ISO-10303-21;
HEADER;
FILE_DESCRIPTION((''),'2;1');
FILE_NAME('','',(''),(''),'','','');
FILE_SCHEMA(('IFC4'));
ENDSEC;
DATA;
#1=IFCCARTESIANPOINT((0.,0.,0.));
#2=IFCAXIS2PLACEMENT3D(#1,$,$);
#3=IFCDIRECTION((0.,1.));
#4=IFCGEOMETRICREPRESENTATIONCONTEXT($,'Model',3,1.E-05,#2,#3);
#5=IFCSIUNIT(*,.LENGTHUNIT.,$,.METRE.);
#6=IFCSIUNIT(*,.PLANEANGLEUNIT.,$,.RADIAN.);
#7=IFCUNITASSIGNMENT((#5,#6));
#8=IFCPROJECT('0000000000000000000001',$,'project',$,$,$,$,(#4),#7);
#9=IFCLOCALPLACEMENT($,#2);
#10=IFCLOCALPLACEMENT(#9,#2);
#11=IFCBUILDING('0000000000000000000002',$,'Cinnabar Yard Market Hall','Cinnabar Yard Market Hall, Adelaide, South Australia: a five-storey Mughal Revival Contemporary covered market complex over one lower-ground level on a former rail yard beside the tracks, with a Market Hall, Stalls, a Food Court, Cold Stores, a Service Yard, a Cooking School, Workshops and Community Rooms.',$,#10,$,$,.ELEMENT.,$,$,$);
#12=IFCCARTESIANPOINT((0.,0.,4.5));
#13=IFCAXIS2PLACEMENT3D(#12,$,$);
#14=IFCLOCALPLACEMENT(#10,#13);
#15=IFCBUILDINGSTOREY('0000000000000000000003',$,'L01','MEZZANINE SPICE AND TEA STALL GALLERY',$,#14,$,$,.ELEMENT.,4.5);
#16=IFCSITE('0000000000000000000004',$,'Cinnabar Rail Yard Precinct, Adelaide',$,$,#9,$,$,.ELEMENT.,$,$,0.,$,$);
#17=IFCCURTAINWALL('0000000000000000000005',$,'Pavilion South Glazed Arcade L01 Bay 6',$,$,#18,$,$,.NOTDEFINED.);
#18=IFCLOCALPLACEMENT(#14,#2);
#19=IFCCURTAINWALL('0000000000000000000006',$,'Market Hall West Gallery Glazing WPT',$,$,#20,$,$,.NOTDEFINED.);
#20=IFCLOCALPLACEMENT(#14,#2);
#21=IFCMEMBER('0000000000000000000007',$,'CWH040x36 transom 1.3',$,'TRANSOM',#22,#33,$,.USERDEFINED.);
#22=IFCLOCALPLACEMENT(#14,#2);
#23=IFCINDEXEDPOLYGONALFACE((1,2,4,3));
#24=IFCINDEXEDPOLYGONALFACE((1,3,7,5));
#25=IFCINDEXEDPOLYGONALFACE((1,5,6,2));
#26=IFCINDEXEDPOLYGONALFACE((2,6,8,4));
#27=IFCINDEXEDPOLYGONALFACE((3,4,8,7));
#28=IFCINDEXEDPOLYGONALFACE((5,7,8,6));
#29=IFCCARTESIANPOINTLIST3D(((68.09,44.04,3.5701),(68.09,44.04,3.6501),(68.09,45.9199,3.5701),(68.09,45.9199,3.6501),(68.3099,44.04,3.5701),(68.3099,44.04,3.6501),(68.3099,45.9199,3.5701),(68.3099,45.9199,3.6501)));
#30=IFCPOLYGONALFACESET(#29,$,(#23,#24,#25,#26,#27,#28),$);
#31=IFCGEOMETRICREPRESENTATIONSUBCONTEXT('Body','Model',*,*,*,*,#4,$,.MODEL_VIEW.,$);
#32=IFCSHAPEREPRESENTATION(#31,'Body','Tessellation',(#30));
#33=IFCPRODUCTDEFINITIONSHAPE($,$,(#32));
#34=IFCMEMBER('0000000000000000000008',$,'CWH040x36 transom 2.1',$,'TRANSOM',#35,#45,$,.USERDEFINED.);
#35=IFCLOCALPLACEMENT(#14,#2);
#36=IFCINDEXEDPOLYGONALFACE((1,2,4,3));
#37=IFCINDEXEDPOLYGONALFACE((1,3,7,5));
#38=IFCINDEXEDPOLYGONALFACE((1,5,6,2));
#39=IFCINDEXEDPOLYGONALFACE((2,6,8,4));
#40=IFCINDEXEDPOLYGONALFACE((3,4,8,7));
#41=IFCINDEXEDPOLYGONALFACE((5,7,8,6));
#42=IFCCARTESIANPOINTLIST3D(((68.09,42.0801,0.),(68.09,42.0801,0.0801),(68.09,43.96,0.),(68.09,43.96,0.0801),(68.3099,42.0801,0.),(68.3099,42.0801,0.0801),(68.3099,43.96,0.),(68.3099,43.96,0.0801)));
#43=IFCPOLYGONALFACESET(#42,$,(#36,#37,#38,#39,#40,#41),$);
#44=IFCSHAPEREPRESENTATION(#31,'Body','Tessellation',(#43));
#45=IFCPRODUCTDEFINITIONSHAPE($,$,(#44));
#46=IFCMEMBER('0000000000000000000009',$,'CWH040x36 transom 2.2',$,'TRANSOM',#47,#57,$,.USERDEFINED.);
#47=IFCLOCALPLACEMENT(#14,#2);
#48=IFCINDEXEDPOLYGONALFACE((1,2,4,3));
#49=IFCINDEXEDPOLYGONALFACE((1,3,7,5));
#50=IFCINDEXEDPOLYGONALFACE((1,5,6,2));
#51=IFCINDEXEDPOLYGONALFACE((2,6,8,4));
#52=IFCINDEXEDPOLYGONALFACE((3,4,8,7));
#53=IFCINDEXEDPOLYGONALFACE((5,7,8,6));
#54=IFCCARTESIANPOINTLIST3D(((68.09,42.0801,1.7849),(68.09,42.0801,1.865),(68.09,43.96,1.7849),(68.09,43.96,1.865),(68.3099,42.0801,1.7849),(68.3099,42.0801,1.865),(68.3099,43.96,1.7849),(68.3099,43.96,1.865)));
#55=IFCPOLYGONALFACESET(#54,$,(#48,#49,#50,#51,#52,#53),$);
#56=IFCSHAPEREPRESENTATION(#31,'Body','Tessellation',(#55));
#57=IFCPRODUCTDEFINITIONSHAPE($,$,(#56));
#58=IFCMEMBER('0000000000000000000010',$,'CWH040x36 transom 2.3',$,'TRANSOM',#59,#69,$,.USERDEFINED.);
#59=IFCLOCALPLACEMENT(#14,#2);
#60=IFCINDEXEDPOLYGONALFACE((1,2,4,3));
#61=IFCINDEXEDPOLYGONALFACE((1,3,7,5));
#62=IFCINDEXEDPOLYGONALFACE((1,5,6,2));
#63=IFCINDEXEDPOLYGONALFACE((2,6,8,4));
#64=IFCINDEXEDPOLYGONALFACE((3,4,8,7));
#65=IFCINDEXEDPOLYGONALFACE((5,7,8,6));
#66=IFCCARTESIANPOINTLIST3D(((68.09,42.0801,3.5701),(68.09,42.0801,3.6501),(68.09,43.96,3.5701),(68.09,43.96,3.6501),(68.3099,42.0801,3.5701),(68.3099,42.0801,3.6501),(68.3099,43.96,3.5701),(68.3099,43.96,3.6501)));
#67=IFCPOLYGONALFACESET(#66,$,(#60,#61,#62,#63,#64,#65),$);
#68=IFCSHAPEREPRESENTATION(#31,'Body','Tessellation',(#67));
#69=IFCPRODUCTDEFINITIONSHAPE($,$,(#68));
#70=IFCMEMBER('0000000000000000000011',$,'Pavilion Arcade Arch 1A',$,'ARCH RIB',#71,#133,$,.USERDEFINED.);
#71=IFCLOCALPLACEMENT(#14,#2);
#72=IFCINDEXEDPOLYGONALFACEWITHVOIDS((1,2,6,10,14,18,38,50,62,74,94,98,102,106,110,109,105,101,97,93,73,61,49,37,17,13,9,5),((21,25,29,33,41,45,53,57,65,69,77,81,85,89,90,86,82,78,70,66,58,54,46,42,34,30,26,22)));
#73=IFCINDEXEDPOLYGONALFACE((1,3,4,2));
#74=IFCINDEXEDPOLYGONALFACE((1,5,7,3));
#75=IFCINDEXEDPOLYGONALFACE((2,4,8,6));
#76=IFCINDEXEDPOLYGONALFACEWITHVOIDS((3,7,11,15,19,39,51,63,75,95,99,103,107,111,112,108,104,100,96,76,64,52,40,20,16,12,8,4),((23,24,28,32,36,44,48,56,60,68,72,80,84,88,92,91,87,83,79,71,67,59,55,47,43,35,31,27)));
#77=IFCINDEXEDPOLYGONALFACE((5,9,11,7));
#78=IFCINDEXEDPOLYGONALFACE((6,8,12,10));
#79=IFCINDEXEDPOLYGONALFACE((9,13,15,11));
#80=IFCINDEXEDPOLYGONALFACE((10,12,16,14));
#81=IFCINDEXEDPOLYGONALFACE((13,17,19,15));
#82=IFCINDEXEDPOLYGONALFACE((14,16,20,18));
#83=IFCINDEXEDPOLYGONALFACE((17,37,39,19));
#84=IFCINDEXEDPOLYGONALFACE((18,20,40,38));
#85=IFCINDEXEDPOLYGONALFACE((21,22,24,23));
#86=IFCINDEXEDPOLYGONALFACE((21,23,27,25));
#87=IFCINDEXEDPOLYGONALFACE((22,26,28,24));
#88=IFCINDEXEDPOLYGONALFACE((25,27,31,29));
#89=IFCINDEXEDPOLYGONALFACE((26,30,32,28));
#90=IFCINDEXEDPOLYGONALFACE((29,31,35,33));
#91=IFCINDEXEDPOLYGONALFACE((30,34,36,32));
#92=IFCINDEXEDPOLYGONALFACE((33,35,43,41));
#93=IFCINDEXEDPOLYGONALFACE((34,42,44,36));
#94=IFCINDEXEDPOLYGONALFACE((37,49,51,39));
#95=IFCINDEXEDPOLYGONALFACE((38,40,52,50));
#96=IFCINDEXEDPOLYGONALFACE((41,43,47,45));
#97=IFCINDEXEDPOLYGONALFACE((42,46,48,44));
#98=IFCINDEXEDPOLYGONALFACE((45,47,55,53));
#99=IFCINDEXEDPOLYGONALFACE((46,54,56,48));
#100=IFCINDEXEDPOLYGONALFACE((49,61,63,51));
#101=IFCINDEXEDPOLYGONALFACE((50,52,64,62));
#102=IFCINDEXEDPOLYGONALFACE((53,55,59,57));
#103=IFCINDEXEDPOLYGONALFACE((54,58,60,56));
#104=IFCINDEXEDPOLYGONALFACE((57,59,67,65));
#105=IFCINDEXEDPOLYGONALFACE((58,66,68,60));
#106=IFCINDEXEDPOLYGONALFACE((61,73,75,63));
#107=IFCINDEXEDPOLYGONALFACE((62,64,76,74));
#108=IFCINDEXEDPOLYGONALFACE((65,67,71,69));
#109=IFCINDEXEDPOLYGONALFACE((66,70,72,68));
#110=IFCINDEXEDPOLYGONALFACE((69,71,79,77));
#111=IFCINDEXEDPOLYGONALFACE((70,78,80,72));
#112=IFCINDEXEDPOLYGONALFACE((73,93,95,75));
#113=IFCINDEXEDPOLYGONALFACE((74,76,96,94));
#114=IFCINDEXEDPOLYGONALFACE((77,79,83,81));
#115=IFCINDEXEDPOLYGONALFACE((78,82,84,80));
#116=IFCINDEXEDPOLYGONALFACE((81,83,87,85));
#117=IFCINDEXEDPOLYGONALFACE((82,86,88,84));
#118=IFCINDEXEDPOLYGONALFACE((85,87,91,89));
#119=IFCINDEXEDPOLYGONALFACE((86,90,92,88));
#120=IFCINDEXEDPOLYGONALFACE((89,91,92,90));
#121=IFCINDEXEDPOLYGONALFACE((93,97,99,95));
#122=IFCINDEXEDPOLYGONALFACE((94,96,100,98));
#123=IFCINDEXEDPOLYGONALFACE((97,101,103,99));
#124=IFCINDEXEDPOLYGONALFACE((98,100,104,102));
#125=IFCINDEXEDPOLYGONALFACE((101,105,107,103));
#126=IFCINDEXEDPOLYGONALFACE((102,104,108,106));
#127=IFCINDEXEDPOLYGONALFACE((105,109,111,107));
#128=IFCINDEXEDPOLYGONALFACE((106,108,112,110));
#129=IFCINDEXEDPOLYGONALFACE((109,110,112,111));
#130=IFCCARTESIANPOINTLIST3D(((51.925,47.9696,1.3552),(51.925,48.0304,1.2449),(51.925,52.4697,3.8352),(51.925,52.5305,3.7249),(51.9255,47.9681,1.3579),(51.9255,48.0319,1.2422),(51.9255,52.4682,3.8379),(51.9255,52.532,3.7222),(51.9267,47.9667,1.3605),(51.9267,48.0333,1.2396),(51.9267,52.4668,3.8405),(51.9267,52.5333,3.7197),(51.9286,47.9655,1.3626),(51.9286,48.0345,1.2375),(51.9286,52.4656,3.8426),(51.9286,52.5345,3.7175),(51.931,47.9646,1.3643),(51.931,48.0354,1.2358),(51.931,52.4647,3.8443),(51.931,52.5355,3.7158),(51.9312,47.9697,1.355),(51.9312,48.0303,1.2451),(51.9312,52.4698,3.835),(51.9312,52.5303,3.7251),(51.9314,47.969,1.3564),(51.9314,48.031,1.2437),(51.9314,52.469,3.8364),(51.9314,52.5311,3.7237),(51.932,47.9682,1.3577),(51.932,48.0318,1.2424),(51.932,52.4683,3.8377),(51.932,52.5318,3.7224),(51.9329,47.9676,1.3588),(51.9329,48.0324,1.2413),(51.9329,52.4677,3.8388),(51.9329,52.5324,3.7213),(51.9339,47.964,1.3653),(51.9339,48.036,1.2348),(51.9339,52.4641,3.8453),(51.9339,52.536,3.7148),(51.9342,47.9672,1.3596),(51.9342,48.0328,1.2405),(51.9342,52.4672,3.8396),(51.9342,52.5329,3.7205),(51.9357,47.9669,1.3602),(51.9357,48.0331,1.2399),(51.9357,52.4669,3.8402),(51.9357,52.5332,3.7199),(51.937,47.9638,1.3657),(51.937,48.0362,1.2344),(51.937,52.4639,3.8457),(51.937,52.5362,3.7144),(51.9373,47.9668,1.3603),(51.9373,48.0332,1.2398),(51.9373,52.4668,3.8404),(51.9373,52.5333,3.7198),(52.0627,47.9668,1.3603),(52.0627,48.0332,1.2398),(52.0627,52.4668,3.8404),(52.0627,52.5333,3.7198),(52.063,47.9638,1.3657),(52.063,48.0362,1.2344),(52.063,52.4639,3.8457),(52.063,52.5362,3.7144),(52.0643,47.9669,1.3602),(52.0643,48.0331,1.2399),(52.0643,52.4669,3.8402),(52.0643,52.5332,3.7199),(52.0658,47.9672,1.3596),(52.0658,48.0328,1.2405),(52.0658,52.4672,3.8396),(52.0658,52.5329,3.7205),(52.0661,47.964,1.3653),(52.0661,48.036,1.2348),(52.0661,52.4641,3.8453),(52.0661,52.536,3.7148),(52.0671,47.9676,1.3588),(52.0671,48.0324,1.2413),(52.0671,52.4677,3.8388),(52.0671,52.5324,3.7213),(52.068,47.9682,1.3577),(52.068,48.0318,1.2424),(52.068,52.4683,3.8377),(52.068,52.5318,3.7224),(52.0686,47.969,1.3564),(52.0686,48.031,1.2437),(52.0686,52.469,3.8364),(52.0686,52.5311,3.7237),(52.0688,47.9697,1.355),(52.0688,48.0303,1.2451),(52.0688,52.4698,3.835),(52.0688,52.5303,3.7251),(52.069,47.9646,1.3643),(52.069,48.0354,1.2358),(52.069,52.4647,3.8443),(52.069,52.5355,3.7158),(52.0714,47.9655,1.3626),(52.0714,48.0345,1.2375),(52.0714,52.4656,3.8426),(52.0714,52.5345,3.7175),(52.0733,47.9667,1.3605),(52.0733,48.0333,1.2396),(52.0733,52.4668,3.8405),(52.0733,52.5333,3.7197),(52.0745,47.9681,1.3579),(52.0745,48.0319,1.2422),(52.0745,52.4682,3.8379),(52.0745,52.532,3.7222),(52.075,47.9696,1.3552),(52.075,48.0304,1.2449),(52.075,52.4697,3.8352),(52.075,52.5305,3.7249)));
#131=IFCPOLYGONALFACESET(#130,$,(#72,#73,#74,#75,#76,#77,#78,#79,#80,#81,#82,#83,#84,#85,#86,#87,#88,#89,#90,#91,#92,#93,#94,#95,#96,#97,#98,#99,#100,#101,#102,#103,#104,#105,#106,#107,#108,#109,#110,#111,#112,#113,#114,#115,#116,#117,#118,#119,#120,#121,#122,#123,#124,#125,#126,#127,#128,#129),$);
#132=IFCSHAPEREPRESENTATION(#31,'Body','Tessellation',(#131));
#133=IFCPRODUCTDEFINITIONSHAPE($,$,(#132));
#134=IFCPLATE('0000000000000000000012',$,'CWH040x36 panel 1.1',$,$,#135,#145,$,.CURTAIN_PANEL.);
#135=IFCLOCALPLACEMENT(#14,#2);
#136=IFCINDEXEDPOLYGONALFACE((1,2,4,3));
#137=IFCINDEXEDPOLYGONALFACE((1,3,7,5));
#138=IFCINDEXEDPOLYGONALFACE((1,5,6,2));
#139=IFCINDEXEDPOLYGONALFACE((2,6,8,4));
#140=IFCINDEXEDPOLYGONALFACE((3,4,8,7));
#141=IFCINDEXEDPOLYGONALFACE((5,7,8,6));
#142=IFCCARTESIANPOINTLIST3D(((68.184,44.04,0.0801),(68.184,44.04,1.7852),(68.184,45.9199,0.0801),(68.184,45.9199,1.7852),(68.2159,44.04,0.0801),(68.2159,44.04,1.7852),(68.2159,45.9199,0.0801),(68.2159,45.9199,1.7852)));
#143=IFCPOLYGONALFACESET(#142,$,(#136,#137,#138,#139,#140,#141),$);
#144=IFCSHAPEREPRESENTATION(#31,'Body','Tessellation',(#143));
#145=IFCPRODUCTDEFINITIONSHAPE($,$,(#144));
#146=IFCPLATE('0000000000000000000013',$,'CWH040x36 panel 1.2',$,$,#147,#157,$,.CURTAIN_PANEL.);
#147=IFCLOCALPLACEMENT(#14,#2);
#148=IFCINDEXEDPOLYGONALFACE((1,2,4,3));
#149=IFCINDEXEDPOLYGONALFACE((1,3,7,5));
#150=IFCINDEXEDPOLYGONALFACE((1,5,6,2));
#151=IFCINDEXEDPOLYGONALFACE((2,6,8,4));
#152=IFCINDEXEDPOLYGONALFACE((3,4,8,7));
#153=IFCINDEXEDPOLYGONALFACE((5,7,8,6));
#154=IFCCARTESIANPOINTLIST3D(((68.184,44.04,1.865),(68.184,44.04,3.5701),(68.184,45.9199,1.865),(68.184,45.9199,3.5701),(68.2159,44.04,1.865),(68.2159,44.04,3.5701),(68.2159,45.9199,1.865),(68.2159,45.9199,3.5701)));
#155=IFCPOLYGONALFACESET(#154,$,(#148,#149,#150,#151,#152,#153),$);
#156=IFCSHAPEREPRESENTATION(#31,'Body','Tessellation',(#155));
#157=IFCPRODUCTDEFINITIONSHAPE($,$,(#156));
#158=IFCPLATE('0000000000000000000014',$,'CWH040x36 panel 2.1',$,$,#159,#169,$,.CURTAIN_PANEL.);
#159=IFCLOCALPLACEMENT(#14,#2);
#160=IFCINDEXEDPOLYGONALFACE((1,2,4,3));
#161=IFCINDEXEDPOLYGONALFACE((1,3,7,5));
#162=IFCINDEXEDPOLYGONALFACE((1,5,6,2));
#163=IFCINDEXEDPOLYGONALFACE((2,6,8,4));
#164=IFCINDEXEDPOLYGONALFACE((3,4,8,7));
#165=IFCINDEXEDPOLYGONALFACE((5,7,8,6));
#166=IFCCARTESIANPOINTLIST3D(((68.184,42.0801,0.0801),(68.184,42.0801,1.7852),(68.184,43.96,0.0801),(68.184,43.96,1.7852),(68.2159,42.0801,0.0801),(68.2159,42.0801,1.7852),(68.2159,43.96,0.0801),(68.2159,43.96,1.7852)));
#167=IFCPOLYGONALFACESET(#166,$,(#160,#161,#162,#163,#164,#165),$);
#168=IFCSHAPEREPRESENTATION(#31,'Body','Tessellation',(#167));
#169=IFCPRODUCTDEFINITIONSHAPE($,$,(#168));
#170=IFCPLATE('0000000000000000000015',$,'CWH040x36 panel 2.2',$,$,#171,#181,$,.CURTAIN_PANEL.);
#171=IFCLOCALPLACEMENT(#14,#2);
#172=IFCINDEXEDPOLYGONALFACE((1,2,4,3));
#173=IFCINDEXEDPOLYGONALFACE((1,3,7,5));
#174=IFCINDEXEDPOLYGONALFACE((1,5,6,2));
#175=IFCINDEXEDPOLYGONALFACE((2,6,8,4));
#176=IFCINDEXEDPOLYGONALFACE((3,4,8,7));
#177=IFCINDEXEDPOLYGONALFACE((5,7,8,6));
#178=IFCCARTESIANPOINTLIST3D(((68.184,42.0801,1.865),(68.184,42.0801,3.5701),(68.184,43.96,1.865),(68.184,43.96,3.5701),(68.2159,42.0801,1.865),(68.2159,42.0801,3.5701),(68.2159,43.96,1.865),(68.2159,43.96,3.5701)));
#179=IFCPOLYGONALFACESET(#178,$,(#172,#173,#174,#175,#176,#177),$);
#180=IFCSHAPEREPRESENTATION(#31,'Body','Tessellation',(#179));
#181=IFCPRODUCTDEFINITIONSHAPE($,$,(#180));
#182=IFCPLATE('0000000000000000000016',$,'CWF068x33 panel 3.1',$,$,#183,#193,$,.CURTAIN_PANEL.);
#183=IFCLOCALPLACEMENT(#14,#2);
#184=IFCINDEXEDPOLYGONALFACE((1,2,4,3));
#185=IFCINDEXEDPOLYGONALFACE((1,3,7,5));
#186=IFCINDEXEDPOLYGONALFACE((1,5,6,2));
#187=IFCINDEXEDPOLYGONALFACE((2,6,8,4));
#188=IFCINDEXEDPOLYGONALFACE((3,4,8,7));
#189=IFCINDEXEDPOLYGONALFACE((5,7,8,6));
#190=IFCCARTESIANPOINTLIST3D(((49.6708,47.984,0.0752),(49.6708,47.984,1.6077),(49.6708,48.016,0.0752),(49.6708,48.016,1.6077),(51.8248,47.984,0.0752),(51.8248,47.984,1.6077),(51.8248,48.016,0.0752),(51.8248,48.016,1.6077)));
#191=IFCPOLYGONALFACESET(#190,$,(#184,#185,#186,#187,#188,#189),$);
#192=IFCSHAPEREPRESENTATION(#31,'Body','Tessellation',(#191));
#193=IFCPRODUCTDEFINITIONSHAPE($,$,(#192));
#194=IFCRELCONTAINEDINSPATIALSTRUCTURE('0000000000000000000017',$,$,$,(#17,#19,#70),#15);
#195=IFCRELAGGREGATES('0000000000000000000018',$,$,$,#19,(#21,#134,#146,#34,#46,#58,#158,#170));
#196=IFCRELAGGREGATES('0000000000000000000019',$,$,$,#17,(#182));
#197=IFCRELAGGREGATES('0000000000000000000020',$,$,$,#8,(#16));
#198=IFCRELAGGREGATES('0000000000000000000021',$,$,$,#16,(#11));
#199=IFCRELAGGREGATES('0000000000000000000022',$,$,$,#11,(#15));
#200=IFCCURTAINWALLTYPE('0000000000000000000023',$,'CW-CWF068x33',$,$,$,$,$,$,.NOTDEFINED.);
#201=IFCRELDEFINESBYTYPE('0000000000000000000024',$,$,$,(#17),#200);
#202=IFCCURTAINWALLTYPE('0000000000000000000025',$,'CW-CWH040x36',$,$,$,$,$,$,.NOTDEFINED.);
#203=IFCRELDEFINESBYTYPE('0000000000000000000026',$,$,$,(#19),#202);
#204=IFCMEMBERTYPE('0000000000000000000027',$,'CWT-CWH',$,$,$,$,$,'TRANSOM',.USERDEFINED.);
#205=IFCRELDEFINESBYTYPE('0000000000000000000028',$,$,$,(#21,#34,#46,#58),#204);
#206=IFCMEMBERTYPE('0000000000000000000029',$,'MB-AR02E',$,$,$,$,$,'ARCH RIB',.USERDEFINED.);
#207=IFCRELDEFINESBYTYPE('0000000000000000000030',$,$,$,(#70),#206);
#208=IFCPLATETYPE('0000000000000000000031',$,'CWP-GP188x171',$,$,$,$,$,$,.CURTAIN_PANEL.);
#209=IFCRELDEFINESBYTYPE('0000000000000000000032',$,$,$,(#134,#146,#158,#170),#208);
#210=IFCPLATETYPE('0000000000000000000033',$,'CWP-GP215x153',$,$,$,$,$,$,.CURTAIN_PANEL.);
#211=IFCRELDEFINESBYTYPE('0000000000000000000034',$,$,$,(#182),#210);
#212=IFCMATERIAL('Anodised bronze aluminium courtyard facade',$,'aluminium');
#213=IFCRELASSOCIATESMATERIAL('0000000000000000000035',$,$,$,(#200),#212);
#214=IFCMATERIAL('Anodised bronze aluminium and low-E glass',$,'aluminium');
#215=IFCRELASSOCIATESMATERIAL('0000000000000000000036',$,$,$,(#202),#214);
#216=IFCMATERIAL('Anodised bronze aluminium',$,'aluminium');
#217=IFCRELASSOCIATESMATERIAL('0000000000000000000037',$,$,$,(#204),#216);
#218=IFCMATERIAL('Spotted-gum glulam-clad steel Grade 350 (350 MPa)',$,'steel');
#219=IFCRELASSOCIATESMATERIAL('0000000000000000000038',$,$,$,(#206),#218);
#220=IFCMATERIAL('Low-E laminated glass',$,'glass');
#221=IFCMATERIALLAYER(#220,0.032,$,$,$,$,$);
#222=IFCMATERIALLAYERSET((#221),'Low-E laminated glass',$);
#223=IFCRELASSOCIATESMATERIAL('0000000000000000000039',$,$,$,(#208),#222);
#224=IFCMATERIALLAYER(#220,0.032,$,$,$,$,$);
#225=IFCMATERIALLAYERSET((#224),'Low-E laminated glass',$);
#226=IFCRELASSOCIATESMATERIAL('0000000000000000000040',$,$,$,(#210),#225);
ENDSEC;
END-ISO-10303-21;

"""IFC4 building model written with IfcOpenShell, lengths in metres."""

from ifc_helpers import new_model, si_unit, direction, frame, origin, origin_2d_with_axis, place, context, subcontext, project, spatial, rectangle, hollow_rectangle, extrude, material, layer, layer_set, material_profile, profile_set, type_object, element, aggregate, save


model = new_model("IFC4")

# Units and contexts
model_context = context("Model", 3, precision=1e-05, world=origin(), true_north=direction((0.0, 1.0)))
body_context = subcontext(model_context, "Body", "Model", "MODEL_VIEW")
ifc_project = project(units=[si_unit("LENGTHUNIT", "METRE"), si_unit("PLANEANGLEUNIT", "RADIAN")], contexts=[model_context])

# Site, building, storey
site_placement = place(None, origin())
site = spatial("IfcSite", under=ifc_project, at=site_placement, Name="Cinnabar Rail Yard Precinct, Adelaide", CompositionType="ELEMENT", RefElevation=0.0)
building_placement = place(site_placement, origin())
building = spatial("IfcBuilding", under=site, at=building_placement, Name="Cinnabar Yard Market Hall", Description="Cinnabar Yard Market Hall, Adelaide, South Australia: a five-storey Mughal Revival Contemporary covered market complex over one lower-ground level on a former rail yard beside the tracks, with a Market Hall, Stalls, a Food Court, Cold Stores, a Service Yard, a Cooking School, Workshops and Community Rooms.", CompositionType="ELEMENT")
storey_placement = place(building_placement, frame((0.0, 0.0, 4.5)))
storey = spatial("IfcBuildingStorey", under=building, at=storey_placement, Name="L01", Description="MEZZANINE SPICE AND TEA STALL GALLERY", CompositionType="ELEMENT", Elevation=4.5)

# Shared definitions
ifc_material_1 = material(Name="Spotted-gum glulam-clad steel Grade 350 (350 MPa)", Category="steel")

# Curtain wall
ifc_material_2 = material(Name="Anodised bronze aluminium courtyard facade", Category="aluminium")
curtain_wall_type_1 = type_object("IfcCurtainWallType", Name="CW-CWF068x33", PredefinedType="NOTDEFINED", material=ifc_material_2)
curtain_wall_1_placement = place(storey_placement, origin())
curtain_wall_1 = element("IfcCurtainWall", 1, at=curtain_wall_1_placement, inside=storey, type_object=curtain_wall_type_1, Name="Pavilion South Glazed Arcade L01 Bay 6", PredefinedType="NOTDEFINED")
ifc_material_3 = material(Name="Anodised bronze aluminium", Category="aluminium")

# Shared definitions
ifc_material_4 = material(Name="Anodised bronze aluminium and low-E glass", Category="aluminium")

# Curtain wall
curtain_wall_type_2 = type_object("IfcCurtainWallType", Name="CW-CWH040x36", PredefinedType="NOTDEFINED", material=ifc_material_4)
curtain_wall_2_placement = place(storey_placement, origin())
curtain_wall_2 = element("IfcCurtainWall", 2, at=curtain_wall_2_placement, inside=storey, type_object=curtain_wall_type_2, Name="Market Hall West Gallery Glazing WPT", PredefinedType="NOTDEFINED")

# Members
ifc_material_profile_1 = material_profile(ifc_material_3, rectangle(XDim=0.22, YDim=0.0801, at=origin_2d_with_axis()), Name="TRN-CWH")
ifc_profile_set_1 = profile_set([ifc_material_profile_1], Name="Anodised bronze aluminium")
member_type_1 = type_object("IfcMemberType", Name="CWT-CWH", ElementType="TRANSOM", PredefinedType="USERDEFINED", material=ifc_profile_set_1)
member_1_placement = place(storey_placement, frame((68.2, 45.9199, 3.6101), z_axis=(0.0, -1.0, 0.0), x_axis=(1.0, 0.0, 0.0)))
member_1 = element("IfcMember", 3, at=member_1_placement, type_object=member_type_1, Name="CWH040x36 transom 1.3", ObjectType="TRANSOM", PredefinedType="USERDEFINED", context=body_context, shape_type="SweptSolid", body=[
    extrude(rectangle(XDim=0.22, YDim=0.0801, at=origin_2d_with_axis()), origin(), (0.0, 0.0, 1.0), 1.8799),
])
member_2_placement = place(storey_placement, frame((68.2, 43.96, 0.04), z_axis=(0.0, -1.0, 0.0), x_axis=(1.0, 0.0, 0.0)))
member_2 = element("IfcMember", 4, at=member_2_placement, type_object=member_type_1, Name="CWH040x36 transom 2.1", ObjectType="TRANSOM", PredefinedType="USERDEFINED", context=body_context, shape_type="SweptSolid", body=[
    extrude(rectangle(XDim=0.22, YDim=0.0801, at=origin_2d_with_axis()), origin(), (0.0, 0.0, 1.0), 1.8799),
])
member_3_placement = place(storey_placement, frame((68.2, 43.96, 1.825), z_axis=(0.0, -1.0, 0.0), x_axis=(1.0, 0.0, 0.0)))
member_3 = element("IfcMember", 5, at=member_3_placement, type_object=member_type_1, Name="CWH040x36 transom 2.2", ObjectType="TRANSOM", PredefinedType="USERDEFINED", context=body_context, shape_type="SweptSolid", body=[
    extrude(rectangle(XDim=0.22, YDim=0.0801, at=origin_2d_with_axis()), origin(), (0.0, 0.0, 1.0), 1.8799),
])
member_4_placement = place(storey_placement, frame((68.2, 43.96, 3.6101), z_axis=(0.0, -1.0, 0.0), x_axis=(1.0, 0.0, 0.0)))
member_4 = element("IfcMember", 6, at=member_4_placement, type_object=member_type_1, Name="CWH040x36 transom 2.3", ObjectType="TRANSOM", PredefinedType="USERDEFINED", context=body_context, shape_type="SweptSolid", body=[
    extrude(rectangle(XDim=0.22, YDim=0.0801, at=origin_2d_with_axis()), origin(), (0.0, 0.0, 1.0), 1.8799),
])
ifc_material_profile_2 = material_profile(ifc_material_1, hollow_rectangle(XDim=0.1499, YDim=0.1499, WallThickness=0.0061, InnerFilletRadius=0.0061, OuterFilletRadius=0.012, at=origin_2d_with_axis()), Name="150x150x6.0SHS")
ifc_profile_set_2 = profile_set([ifc_material_profile_2], Name="Spotted-gum glulam-clad steel Grade 350 (350 MPa)")
member_type_2 = type_object("IfcMemberType", Name="MB-AR02E", ElementType="ARCH RIB", PredefinedType="USERDEFINED", material=ifc_profile_set_2)
member_5_placement = place(storey_placement, frame((52.0, 48.0, 1.3), z_axis=(0.0, 0.875806, 0.482663), x_axis=(-1.0, 0.0, 0.0)))
element("IfcMember", 7, at=member_5_placement, inside=storey, type_object=member_type_2, Name="Pavilion Arcade Arch 1A", ObjectType="ARCH RIB", PredefinedType="USERDEFINED", context=body_context, shape_type="SweptSolid", body=[
    extrude(hollow_rectangle(XDim=0.1499, YDim=0.1499, WallThickness=0.0061, InnerFilletRadius=0.0061, OuterFilletRadius=0.012, at=origin_2d_with_axis()), origin(), (0.0, 0.0, 1.0), 5.1382),
])

# Plates
ifc_material_5 = material(Name="Low-E laminated glass", Category="glass")
ifc_layer_1 = layer(ifc_material_5, 0.032)
ifc_layer_set_1 = layer_set([ifc_layer_1], Name="Low-E laminated glass")
plate_type_1 = type_object("IfcPlateType", Name="CWP-GP188x171", PredefinedType="CURTAIN_PANEL", material=ifc_layer_set_1)
plate_1_placement = place(storey_placement, frame((68.2, 44.98, 0.0801), z_axis=(0.0, 0.0, 1.0), x_axis=(0.0, -1.0, 0.0)))
plate_1 = element("IfcPlate", 8, at=plate_1_placement, type_object=plate_type_1, Name="CWH040x36 panel 1.1", PredefinedType="CURTAIN_PANEL", context=body_context, shape_type="SweptSolid", body=[
    extrude(rectangle(XDim=1.8799, YDim=0.032, at=origin_2d_with_axis()), origin(), (0.0, 0.0, 1.0), 1.7051),
])
plate_2_placement = place(storey_placement, frame((68.2, 44.98, 1.865), z_axis=(0.0, 0.0, 1.0), x_axis=(0.0, -1.0, 0.0)))
plate_2 = element("IfcPlate", 9, at=plate_2_placement, type_object=plate_type_1, Name="CWH040x36 panel 1.2", PredefinedType="CURTAIN_PANEL", context=body_context, shape_type="SweptSolid", body=[
    extrude(rectangle(XDim=1.8799, YDim=0.032, at=origin_2d_with_axis()), origin(), (0.0, 0.0, 1.0), 1.7051),
])
plate_3_placement = place(storey_placement, frame((68.2, 43.02, 0.0801), z_axis=(0.0, 0.0, 1.0), x_axis=(0.0, -1.0, 0.0)))
plate_3 = element("IfcPlate", 10, at=plate_3_placement, type_object=plate_type_1, Name="CWH040x36 panel 2.1", PredefinedType="CURTAIN_PANEL", context=body_context, shape_type="SweptSolid", body=[
    extrude(rectangle(XDim=1.8799, YDim=0.032, at=origin_2d_with_axis()), origin(), (0.0, 0.0, 1.0), 1.7051),
])
plate_4_placement = place(storey_placement, frame((68.2, 43.02, 1.865), z_axis=(0.0, 0.0, 1.0), x_axis=(0.0, -1.0, 0.0)))
plate_4 = element("IfcPlate", 11, at=plate_4_placement, type_object=plate_type_1, Name="CWH040x36 panel 2.2", PredefinedType="CURTAIN_PANEL", context=body_context, shape_type="SweptSolid", body=[
    extrude(rectangle(XDim=1.8799, YDim=0.032, at=origin_2d_with_axis()), origin(), (0.0, 0.0, 1.0), 1.7051),
])
aggregate(curtain_wall_2, [member_1, plate_1, plate_2, member_2, member_3, member_4, plate_3, plate_4])
ifc_layer_2 = layer(ifc_material_5, 0.032)
ifc_layer_set_2 = layer_set([ifc_layer_2], Name="Low-E laminated glass")
plate_type_2 = type_object("IfcPlateType", Name="CWP-GP215x153", PredefinedType="CURTAIN_PANEL", material=ifc_layer_set_2)
plate_5_placement = place(storey_placement, frame((50.7478, 48.0, 0.0752), z_axis=(0.0, 0.0, 1.0), x_axis=(1.0, 0.0, 0.0)))
plate_5 = element("IfcPlate", 12, at=plate_5_placement, type_object=plate_type_2, Name="CWF068x33 panel 3.1", PredefinedType="CURTAIN_PANEL", context=body_context, shape_type="SweptSolid", body=[
    extrude(rectangle(XDim=2.1541, YDim=0.032, at=origin_2d_with_axis()), origin(), (0.0, 0.0, 1.0), 1.5325),
])
aggregate(curtain_wall_1, [plate_5])

save(model, "model.ifc")
